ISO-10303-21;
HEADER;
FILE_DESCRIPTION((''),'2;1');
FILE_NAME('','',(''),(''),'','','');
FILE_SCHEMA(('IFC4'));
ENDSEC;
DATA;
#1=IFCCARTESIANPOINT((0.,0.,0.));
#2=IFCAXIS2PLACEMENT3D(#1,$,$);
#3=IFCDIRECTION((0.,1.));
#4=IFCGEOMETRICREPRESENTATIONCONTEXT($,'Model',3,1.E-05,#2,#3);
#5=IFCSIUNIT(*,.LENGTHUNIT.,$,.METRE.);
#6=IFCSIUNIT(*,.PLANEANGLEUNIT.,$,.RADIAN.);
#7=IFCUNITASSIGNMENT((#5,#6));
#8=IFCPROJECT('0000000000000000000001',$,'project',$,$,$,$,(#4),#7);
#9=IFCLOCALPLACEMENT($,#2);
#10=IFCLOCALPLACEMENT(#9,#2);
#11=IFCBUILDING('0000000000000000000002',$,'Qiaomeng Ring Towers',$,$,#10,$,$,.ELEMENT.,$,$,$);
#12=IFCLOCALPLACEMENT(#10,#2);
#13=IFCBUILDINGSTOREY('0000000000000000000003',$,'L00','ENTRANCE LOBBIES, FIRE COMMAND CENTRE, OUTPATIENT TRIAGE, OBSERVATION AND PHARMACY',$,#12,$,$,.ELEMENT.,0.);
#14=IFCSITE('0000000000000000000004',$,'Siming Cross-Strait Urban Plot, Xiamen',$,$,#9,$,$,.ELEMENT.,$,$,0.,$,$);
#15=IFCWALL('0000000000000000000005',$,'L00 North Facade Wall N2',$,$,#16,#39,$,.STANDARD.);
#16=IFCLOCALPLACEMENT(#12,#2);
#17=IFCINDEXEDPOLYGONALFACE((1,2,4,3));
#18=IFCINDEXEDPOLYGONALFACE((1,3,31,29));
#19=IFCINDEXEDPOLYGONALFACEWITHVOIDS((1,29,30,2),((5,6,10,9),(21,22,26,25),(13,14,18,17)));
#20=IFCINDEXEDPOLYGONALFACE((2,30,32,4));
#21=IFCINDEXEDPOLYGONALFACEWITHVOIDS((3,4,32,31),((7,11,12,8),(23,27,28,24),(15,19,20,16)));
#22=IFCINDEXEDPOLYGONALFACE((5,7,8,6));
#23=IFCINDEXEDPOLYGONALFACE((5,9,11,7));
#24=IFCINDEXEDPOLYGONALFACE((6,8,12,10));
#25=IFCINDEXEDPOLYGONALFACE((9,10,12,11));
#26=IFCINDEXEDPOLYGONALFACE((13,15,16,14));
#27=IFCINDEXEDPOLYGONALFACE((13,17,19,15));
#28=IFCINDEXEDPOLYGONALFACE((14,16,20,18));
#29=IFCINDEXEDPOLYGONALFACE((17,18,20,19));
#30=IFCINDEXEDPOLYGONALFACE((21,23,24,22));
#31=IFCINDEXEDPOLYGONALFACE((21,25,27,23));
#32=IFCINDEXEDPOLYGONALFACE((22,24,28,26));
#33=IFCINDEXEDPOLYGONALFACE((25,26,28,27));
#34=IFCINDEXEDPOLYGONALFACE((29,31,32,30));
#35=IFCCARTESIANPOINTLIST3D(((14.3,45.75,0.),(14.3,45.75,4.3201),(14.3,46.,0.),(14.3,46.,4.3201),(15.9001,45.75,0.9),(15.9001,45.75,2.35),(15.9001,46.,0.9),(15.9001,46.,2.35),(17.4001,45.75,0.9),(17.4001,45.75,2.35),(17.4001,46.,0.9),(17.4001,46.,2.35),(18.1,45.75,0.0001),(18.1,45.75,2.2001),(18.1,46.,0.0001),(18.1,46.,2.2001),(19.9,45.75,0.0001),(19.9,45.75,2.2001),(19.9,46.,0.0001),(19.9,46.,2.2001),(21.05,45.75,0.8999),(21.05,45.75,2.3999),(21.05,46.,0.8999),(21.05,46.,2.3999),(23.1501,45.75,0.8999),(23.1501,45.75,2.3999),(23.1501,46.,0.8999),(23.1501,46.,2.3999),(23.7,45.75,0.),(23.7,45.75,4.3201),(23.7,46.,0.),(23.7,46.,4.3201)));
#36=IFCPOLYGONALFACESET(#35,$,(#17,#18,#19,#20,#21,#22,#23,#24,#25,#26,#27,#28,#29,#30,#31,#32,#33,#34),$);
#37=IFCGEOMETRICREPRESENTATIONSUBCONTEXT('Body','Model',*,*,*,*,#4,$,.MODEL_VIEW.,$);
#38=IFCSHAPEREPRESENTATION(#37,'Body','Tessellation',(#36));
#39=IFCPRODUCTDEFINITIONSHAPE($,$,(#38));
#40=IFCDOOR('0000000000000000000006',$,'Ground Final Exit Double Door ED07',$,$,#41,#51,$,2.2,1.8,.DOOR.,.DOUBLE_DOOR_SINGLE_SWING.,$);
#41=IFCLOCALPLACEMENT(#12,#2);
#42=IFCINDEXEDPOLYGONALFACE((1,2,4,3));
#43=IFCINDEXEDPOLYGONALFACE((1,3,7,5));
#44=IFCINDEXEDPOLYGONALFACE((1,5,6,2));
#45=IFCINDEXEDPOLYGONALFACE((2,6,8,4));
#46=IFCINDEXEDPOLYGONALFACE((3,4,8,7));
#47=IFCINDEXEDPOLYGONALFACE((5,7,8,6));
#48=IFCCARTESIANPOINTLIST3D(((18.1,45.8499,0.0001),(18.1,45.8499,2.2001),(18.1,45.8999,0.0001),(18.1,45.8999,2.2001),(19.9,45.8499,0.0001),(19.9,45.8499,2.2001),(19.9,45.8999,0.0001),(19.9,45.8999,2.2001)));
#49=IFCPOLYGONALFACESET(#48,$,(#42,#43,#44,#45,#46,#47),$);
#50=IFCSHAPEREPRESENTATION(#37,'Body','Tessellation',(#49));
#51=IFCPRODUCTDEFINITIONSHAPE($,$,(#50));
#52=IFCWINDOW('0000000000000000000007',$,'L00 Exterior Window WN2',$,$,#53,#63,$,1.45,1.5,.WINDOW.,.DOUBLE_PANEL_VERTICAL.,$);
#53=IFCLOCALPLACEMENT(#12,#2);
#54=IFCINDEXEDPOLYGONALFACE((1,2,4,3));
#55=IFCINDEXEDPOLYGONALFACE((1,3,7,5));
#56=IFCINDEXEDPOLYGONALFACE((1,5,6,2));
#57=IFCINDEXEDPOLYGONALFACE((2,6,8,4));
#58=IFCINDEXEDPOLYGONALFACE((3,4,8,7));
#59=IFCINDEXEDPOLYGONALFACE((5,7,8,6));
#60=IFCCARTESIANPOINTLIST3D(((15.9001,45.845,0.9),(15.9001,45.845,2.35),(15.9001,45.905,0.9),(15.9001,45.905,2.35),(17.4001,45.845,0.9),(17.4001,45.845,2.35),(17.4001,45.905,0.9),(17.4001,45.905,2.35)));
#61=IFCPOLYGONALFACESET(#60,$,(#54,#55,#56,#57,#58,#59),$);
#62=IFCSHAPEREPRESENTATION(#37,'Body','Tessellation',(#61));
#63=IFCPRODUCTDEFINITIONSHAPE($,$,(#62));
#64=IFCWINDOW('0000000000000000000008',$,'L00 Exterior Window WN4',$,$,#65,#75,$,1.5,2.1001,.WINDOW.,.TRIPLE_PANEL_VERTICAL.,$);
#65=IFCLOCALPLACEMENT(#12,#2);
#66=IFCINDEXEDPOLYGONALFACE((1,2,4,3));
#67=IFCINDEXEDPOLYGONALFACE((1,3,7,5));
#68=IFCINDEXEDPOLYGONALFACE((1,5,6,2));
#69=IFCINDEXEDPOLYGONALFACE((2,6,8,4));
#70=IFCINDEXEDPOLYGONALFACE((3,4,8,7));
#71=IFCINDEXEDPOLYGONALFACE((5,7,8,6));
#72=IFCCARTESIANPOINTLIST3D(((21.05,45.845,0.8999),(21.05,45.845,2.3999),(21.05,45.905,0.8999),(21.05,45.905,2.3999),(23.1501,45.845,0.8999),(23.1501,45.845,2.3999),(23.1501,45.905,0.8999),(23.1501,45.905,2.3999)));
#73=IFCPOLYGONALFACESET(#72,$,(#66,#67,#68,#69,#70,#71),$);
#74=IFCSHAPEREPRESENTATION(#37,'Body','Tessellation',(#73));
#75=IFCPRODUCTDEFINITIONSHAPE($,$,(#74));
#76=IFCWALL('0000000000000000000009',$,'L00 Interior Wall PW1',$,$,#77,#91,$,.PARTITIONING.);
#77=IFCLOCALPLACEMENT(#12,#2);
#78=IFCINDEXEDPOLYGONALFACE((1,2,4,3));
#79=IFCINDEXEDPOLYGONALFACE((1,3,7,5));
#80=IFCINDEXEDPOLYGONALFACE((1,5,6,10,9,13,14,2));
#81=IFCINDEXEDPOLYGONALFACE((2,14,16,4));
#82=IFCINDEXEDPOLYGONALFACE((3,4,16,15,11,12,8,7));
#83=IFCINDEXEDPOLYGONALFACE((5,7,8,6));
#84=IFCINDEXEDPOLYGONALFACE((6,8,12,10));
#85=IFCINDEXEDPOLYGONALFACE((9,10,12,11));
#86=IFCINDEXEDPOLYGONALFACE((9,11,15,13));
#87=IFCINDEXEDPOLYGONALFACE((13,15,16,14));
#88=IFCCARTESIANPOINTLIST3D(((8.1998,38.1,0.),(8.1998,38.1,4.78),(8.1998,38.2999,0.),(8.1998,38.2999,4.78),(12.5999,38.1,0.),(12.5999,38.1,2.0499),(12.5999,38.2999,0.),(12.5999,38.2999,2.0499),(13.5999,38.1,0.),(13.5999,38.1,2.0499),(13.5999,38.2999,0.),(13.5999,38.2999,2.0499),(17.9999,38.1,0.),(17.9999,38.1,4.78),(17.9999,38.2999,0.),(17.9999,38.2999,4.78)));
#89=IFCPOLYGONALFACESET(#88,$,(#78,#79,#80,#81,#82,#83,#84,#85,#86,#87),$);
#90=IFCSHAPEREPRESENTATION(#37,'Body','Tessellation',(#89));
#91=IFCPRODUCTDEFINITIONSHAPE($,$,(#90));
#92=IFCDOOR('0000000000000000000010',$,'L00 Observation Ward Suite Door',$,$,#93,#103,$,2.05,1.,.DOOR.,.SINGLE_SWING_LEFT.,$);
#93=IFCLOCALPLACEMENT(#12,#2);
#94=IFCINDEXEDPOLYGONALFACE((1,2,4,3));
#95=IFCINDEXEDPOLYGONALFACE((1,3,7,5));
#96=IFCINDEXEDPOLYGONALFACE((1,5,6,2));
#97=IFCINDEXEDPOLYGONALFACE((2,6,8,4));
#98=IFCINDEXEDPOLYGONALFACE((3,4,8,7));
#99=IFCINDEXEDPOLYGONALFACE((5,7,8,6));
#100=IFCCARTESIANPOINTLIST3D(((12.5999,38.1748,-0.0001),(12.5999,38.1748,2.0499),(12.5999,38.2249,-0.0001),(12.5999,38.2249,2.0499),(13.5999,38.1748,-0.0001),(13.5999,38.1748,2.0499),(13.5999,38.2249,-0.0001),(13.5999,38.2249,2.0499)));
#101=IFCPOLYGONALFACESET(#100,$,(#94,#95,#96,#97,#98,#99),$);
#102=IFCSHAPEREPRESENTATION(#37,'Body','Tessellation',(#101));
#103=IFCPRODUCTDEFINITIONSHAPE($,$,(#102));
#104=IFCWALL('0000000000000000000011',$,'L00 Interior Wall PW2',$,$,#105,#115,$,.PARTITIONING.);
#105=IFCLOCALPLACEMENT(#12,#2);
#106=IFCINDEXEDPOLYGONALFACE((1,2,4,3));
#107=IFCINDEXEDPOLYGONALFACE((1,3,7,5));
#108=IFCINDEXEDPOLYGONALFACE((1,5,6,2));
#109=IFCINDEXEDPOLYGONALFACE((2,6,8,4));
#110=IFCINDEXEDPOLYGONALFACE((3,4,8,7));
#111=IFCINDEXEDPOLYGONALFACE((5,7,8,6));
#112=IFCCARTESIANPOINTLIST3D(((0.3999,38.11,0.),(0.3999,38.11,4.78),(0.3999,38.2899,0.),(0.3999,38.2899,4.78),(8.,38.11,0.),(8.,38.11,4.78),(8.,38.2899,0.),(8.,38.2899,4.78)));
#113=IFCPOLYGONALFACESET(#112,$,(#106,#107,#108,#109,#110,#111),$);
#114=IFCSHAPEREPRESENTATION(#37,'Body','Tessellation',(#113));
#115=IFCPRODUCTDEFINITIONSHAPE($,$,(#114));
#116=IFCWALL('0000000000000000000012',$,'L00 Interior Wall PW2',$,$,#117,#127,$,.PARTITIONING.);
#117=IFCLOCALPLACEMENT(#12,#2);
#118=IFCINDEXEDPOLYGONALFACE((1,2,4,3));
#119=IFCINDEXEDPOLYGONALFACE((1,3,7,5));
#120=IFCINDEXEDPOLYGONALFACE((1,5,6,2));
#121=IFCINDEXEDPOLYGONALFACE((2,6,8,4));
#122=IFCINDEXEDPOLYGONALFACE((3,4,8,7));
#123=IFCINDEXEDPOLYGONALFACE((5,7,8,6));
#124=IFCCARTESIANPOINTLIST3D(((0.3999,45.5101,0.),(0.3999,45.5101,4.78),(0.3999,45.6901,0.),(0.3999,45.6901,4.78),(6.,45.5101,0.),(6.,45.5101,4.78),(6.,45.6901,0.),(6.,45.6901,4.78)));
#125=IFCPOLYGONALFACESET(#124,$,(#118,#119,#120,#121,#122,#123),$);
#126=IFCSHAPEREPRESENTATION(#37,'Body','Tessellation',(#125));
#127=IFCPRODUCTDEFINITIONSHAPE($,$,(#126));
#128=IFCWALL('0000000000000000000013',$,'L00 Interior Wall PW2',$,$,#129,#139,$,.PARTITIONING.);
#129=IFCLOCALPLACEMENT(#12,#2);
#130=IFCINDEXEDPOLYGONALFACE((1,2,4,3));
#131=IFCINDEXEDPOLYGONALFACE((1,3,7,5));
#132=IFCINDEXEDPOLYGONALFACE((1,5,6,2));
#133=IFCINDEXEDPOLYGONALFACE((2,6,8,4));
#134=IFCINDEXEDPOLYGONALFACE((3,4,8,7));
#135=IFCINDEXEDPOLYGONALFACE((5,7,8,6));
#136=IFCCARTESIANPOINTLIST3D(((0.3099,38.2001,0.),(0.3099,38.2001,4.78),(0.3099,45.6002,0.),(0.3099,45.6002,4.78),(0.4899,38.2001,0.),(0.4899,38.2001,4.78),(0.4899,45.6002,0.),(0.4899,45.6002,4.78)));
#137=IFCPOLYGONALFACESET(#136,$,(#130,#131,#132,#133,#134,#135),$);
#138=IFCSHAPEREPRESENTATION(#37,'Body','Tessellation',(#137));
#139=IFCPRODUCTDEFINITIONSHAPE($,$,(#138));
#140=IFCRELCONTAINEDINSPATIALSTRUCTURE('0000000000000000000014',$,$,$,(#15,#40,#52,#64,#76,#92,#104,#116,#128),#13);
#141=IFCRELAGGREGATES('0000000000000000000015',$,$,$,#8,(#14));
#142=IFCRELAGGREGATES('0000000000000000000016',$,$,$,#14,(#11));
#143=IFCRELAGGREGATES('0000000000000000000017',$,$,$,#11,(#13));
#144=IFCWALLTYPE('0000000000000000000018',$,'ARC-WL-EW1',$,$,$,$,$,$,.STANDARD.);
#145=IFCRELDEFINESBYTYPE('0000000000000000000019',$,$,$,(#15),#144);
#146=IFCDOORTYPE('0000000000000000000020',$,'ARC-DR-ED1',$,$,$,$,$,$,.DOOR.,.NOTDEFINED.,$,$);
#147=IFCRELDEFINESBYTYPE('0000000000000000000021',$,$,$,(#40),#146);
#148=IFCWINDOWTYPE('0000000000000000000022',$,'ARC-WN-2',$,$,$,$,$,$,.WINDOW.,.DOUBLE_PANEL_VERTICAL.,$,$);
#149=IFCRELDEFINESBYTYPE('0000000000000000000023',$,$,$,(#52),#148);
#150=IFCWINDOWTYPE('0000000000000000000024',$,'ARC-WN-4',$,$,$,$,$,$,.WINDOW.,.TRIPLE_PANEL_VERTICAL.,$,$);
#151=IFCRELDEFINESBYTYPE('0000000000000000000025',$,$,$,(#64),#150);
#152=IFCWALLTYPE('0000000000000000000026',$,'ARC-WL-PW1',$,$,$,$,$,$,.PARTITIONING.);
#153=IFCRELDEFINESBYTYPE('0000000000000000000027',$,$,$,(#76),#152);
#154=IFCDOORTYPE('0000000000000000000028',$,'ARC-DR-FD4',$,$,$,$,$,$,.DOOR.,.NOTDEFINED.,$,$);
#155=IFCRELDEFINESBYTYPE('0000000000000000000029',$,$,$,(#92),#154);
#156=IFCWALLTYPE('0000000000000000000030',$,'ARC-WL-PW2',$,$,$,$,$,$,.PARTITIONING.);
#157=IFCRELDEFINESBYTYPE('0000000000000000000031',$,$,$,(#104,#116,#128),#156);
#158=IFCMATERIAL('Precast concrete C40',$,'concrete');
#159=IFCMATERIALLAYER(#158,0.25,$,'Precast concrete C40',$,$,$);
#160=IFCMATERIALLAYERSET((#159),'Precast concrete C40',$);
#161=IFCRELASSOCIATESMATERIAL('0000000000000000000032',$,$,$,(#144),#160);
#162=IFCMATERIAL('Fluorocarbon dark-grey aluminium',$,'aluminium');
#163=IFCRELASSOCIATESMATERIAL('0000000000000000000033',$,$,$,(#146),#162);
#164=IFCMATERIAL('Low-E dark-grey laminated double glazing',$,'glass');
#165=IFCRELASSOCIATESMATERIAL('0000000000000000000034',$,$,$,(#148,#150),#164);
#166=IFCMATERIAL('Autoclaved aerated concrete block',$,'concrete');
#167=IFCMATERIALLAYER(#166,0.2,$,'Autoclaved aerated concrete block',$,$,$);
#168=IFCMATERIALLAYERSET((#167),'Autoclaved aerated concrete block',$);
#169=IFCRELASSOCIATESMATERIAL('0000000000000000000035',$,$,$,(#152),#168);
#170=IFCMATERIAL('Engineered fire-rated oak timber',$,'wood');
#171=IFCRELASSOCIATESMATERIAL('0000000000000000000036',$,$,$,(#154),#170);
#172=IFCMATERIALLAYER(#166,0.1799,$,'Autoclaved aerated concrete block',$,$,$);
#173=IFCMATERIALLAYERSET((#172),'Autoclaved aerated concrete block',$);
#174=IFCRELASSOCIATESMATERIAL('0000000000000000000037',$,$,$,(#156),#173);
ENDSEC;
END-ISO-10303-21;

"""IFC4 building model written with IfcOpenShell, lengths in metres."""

from ifc_helpers import new_model, si_unit, direction, frame, frame_2d, origin, place, context, subcontext, project, spatial, rectangle, extrude, source, transform, mapped, material, layer, layer_set, type_object, element, fill, save


model = new_model("IFC4")

# Units and contexts
model_context = context("Model", 3, precision=1e-05, world=origin(), true_north=direction((0.0, 1.0)))
body_context = subcontext(model_context, "Body", "Model", "MODEL_VIEW")
ifc_project = project(units=[si_unit("LENGTHUNIT", "METRE"), si_unit("PLANEANGLEUNIT", "RADIAN")], contexts=[model_context])

# Site, building, storey
site_placement = place(None, origin())
site = spatial("IfcSite", under=ifc_project, at=site_placement, Name="Siming Cross-Strait Urban Plot, Xiamen", CompositionType="ELEMENT", RefElevation=0.0)
building_placement = place(site_placement, origin())
building = spatial("IfcBuilding", under=site, at=building_placement, Name="Qiaomeng Ring Towers", CompositionType="ELEMENT")
storey_placement = place(building_placement, origin())
storey = spatial("IfcBuildingStorey", under=building, at=storey_placement, Name="L00", Description="ENTRANCE LOBBIES, FIRE COMMAND CENTRE, OUTPATIENT TRIAGE, OBSERVATION AND PHARMACY", CompositionType="ELEMENT", Elevation=0.0)

# Wall, openings, door, windows
ifc_material_1 = material(Name="Precast concrete C40", Category="concrete")
ifc_layer_1 = layer(ifc_material_1, 0.25, Name="Precast concrete C40")
ifc_layer_set_1 = layer_set([ifc_layer_1], Name="Precast concrete C40")
wall_type_1 = type_object("IfcWallType", Name="ARC-WL-EW1", PredefinedType="STANDARD", material=ifc_layer_set_1)
ifc_material_2 = material(Name="Fluorocarbon dark-grey aluminium", Category="aluminium")
door_type_1 = type_object("IfcDoorType", Name="ARC-DR-ED1", OperationType="NOTDEFINED", PredefinedType="DOOR", material=ifc_material_2)
shared_shape_1 = source(origin(), body_context, "Body", "SweptSolid", [
    extrude(rectangle(XDim=1.8, YDim=2.2, at=frame_2d((0.8999, 1.1001))), frame((0.0, 0.0249, 0.0), z_axis=(0.0, -1.0, 0.0), x_axis=(1.0, 0.0, 0.0)), (0.0, 0.0, 1.0), 0.05),
])
ifc_material_3 = material(Name="Low-E dark-grey laminated double glazing", Category="glass")
window_type_1 = type_object("IfcWindowType", Name="ARC-WN-2", PartitioningType="DOUBLE_PANEL_VERTICAL", PredefinedType="WINDOW", material=ifc_material_3)
shared_shape_2 = source(origin(), body_context, "Body", "SweptSolid", [
    extrude(rectangle(XDim=1.5, YDim=1.45, at=frame_2d((0.75, 0.7251))), frame((0.0, 0.03, 0.0), z_axis=(0.0, -1.0, 0.0), x_axis=(1.0, 0.0, 0.0)), (0.0, 0.0, 1.0), 0.0601),
])
window_type_2 = type_object("IfcWindowType", Name="ARC-WN-4", PartitioningType="TRIPLE_PANEL_VERTICAL", PredefinedType="WINDOW", material=ifc_material_3)
wall_1_placement = place(storey_placement, frame((14.3, 45.875, 0.0), z_axis=(0.0, 0.0, 1.0), x_axis=(1.0, 0.0, 0.0)))
wall_1 = element("IfcWall", 1, at=wall_1_placement, inside=storey, type_object=wall_type_1, Name="L00 North Facade Wall N2", PredefinedType="STANDARD", context=body_context, shape_type="SweptSolid", body=[
    extrude(rectangle(XDim=9.3999, YDim=0.25, at=frame_2d((4.7, 0.0))), origin(), (0.0, 0.0, 1.0), 4.3201),
])
opening_1_placement = place(wall_1_placement, frame((3.8, 0.0, 0.0)))
opening_1 = element("IfcOpeningElement", 2, at=opening_1_placement, cuts=wall_1, PredefinedType="OPENING", context=body_context, shape_type="SweptSolid", body=[
    extrude(rectangle(XDim=1.8, YDim=2.2, at=frame_2d((0.8999, 1.1001))), frame((0.0, 0.135, 0.0), z_axis=(0.0, -1.0, 0.0), x_axis=(1.0, 0.0, 0.0)), (0.0, 0.0, 1.0), 0.27),
])
opening_2_placement = place(wall_1_placement, frame((1.6001, 0.0, 0.8999)))
opening_2 = element("IfcOpeningElement", 3, at=opening_2_placement, cuts=wall_1, PredefinedType="OPENING", context=body_context, shape_type="SweptSolid", body=[
    extrude(rectangle(XDim=1.5, YDim=1.45, at=frame_2d((0.75, 0.7251))), frame((0.0, 0.135, 0.0), z_axis=(0.0, -1.0, 0.0), x_axis=(1.0, 0.0, 0.0)), (0.0, 0.0, 1.0), 0.27),
])
opening_3_placement = place(wall_1_placement, frame((6.75, 0.0, 0.8999)))
opening_3 = element("IfcOpeningElement", 4, at=opening_3_placement, cuts=wall_1, PredefinedType="OPENING", context=body_context, shape_type="SweptSolid", body=[
    extrude(rectangle(XDim=2.1001, YDim=1.5, at=frame_2d((1.05, 0.75))), frame((0.0, 0.135, 0.0), z_axis=(0.0, -1.0, 0.0), x_axis=(1.0, 0.0, 0.0)), (0.0, 0.0, 1.0), 0.27),
])
door_1_placement = place(opening_1_placement, origin())
door_1 = element("IfcDoor", 5, at=door_1_placement, inside=storey, type_object=door_type_1, Name="Ground Final Exit Double Door ED07", OperationType="DOUBLE_DOOR_SINGLE_SWING", OverallHeight=2.2, OverallWidth=1.8, PredefinedType="DOOR", context=body_context, shape_type="MappedRepresentation", body=[
    mapped(shared_shape_1, transform((0.0, 0.0, 0.0), x_axis=(1.0, 0.0, 0.0), y_axis=(0.0, 1.0, 0.0), z_axis=(0.0, 0.0, 1.0), scale=1.0)),
])
fill(opening_1, door_1)
window_1_placement = place(opening_2_placement, origin())
window_1 = element("IfcWindow", 6, at=window_1_placement, inside=storey, type_object=window_type_1, Name="L00 Exterior Window WN2", OverallHeight=1.45, OverallWidth=1.5, PartitioningType="DOUBLE_PANEL_VERTICAL", PredefinedType="WINDOW", context=body_context, shape_type="MappedRepresentation", body=[
    mapped(shared_shape_2, transform((0.0, 0.0, 0.0), x_axis=(1.0, 0.0, 0.0), y_axis=(0.0, 1.0, 0.0), z_axis=(0.0, 0.0, 1.0), scale=1.0)),
])
fill(opening_2, window_1)
shared_shape_3 = source(origin(), body_context, "Body", "SweptSolid", [
    extrude(rectangle(XDim=2.1001, YDim=1.5, at=frame_2d((1.05, 0.75))), frame((0.0, 0.03, 0.0), z_axis=(0.0, -1.0, 0.0), x_axis=(1.0, 0.0, 0.0)), (0.0, 0.0, 1.0), 0.0601),
])
window_2_placement = place(opening_3_placement, origin())
window_2 = element("IfcWindow", 7, at=window_2_placement, inside=storey, type_object=window_type_2, Name="L00 Exterior Window WN4", OverallHeight=1.5, OverallWidth=2.1001, PartitioningType="TRIPLE_PANEL_VERTICAL", PredefinedType="WINDOW", context=body_context, shape_type="MappedRepresentation", body=[
    mapped(shared_shape_3, transform((0.0, 0.0, 0.0), x_axis=(1.0, 0.0, 0.0), y_axis=(0.0, 1.0, 0.0), z_axis=(0.0, 0.0, 1.0), scale=1.0)),
])
fill(opening_3, window_2)

# Wall, opening, door
ifc_material_4 = material(Name="Autoclaved aerated concrete block", Category="concrete")
ifc_layer_2 = layer(ifc_material_4, 0.2, Name="Autoclaved aerated concrete block")
ifc_layer_set_2 = layer_set([ifc_layer_2], Name="Autoclaved aerated concrete block")
wall_type_2 = type_object("IfcWallType", Name="ARC-WL-PW1", PredefinedType="PARTITIONING", material=ifc_layer_set_2)
wall_2_placement = place(storey_placement, frame((8.2, 38.2, 0.0), z_axis=(0.0, 0.0, 1.0), x_axis=(1.0, 0.0, 0.0)))
wall_2 = element("IfcWall", 8, at=wall_2_placement, inside=storey, type_object=wall_type_2, Name="L00 Interior Wall PW1", PredefinedType="PARTITIONING", context=body_context, shape_type="SweptSolid", body=[
    extrude(rectangle(XDim=9.8, YDim=0.2, at=frame_2d((4.8999, 0.0))), origin(), (0.0, 0.0, 1.0), 4.78),
])
opening_4_placement = place(wall_2_placement, frame((4.3999, 0.0, 0.0)))
opening_4 = element("IfcOpeningElement", 9, at=opening_4_placement, cuts=wall_2, PredefinedType="OPENING", context=body_context, shape_type="SweptSolid", body=[
    extrude(rectangle(XDim=1.0, YDim=2.05, at=frame_2d((0.5, 1.0249))), frame((0.0, 0.1099, 0.0), z_axis=(0.0, -1.0, 0.0), x_axis=(1.0, 0.0, 0.0)), (0.0, 0.0, 1.0), 0.22),
])
ifc_material_5 = material(Name="Engineered fire-rated oak timber", Category="wood")
door_type_2 = type_object("IfcDoorType", Name="ARC-DR-FD4", OperationType="NOTDEFINED", PredefinedType="DOOR", material=ifc_material_5)
shared_shape_4 = source(origin(), body_context, "Body", "SweptSolid", [
    extrude(rectangle(XDim=1.0, YDim=2.05, at=frame_2d((0.5, 1.0249))), frame((0.0, 0.0249, 0.0), z_axis=(0.0, -1.0, 0.0), x_axis=(1.0, 0.0, 0.0)), (0.0, 0.0, 1.0), 0.05),
])
door_2_placement = place(opening_4_placement, origin())
door_2 = element("IfcDoor", 10, at=door_2_placement, inside=storey, type_object=door_type_2, Name="L00 Observation Ward Suite Door", OperationType="SINGLE_SWING_LEFT", OverallHeight=2.05, OverallWidth=1.0, PredefinedType="DOOR", context=body_context, shape_type="MappedRepresentation", body=[
    mapped(shared_shape_4, transform((0.0, 0.0, 0.0), x_axis=(1.0, 0.0, 0.0), y_axis=(0.0, 1.0, 0.0), z_axis=(0.0, 0.0, 1.0), scale=1.0)),
])
fill(opening_4, door_2)

# Walls
ifc_layer_3 = layer(ifc_material_4, 0.1799, Name="Autoclaved aerated concrete block")
ifc_layer_set_3 = layer_set([ifc_layer_3], Name="Autoclaved aerated concrete block")
wall_type_3 = type_object("IfcWallType", Name="ARC-WL-PW2", PredefinedType="PARTITIONING", material=ifc_layer_set_3)
wall_3_placement = place(storey_placement, frame((0.3999, 38.2, 0.0), z_axis=(0.0, 0.0, 1.0), x_axis=(1.0, 0.0, 0.0)))
element("IfcWall", 11, at=wall_3_placement, inside=storey, type_object=wall_type_3, Name="L00 Interior Wall PW2", PredefinedType="PARTITIONING", context=body_context, shape_type="SweptSolid", body=[
    extrude(rectangle(XDim=7.6001, YDim=0.1799, at=frame_2d((3.8, 0.0))), origin(), (0.0, 0.0, 1.0), 4.78),
])
wall_4_placement = place(storey_placement, frame((0.3999, 45.6001, 0.0), z_axis=(0.0, 0.0, 1.0), x_axis=(1.0, 0.0, 0.0)))
element("IfcWall", 12, at=wall_4_placement, inside=storey, type_object=wall_type_3, Name="L00 Interior Wall PW2", PredefinedType="PARTITIONING", context=body_context, shape_type="SweptSolid", body=[
    extrude(rectangle(XDim=5.6001, YDim=0.1799, at=frame_2d((2.8, 0.0))), origin(), (0.0, 0.0, 1.0), 4.78),
])
wall_5_placement = place(storey_placement, frame((0.3999, 38.2, 0.0), z_axis=(0.0, 0.0, 1.0), x_axis=(0.0, 1.0, 0.0)))
element("IfcWall", 13, at=wall_5_placement, inside=storey, type_object=wall_type_3, Name="L00 Interior Wall PW2", PredefinedType="PARTITIONING", context=body_context, shape_type="SweptSolid", body=[
    extrude(rectangle(XDim=7.4001, YDim=0.1799, at=frame_2d((3.7002, 0.0))), origin(), (0.0, 0.0, 1.0), 4.78),
])

save(model, "model.ifc")
